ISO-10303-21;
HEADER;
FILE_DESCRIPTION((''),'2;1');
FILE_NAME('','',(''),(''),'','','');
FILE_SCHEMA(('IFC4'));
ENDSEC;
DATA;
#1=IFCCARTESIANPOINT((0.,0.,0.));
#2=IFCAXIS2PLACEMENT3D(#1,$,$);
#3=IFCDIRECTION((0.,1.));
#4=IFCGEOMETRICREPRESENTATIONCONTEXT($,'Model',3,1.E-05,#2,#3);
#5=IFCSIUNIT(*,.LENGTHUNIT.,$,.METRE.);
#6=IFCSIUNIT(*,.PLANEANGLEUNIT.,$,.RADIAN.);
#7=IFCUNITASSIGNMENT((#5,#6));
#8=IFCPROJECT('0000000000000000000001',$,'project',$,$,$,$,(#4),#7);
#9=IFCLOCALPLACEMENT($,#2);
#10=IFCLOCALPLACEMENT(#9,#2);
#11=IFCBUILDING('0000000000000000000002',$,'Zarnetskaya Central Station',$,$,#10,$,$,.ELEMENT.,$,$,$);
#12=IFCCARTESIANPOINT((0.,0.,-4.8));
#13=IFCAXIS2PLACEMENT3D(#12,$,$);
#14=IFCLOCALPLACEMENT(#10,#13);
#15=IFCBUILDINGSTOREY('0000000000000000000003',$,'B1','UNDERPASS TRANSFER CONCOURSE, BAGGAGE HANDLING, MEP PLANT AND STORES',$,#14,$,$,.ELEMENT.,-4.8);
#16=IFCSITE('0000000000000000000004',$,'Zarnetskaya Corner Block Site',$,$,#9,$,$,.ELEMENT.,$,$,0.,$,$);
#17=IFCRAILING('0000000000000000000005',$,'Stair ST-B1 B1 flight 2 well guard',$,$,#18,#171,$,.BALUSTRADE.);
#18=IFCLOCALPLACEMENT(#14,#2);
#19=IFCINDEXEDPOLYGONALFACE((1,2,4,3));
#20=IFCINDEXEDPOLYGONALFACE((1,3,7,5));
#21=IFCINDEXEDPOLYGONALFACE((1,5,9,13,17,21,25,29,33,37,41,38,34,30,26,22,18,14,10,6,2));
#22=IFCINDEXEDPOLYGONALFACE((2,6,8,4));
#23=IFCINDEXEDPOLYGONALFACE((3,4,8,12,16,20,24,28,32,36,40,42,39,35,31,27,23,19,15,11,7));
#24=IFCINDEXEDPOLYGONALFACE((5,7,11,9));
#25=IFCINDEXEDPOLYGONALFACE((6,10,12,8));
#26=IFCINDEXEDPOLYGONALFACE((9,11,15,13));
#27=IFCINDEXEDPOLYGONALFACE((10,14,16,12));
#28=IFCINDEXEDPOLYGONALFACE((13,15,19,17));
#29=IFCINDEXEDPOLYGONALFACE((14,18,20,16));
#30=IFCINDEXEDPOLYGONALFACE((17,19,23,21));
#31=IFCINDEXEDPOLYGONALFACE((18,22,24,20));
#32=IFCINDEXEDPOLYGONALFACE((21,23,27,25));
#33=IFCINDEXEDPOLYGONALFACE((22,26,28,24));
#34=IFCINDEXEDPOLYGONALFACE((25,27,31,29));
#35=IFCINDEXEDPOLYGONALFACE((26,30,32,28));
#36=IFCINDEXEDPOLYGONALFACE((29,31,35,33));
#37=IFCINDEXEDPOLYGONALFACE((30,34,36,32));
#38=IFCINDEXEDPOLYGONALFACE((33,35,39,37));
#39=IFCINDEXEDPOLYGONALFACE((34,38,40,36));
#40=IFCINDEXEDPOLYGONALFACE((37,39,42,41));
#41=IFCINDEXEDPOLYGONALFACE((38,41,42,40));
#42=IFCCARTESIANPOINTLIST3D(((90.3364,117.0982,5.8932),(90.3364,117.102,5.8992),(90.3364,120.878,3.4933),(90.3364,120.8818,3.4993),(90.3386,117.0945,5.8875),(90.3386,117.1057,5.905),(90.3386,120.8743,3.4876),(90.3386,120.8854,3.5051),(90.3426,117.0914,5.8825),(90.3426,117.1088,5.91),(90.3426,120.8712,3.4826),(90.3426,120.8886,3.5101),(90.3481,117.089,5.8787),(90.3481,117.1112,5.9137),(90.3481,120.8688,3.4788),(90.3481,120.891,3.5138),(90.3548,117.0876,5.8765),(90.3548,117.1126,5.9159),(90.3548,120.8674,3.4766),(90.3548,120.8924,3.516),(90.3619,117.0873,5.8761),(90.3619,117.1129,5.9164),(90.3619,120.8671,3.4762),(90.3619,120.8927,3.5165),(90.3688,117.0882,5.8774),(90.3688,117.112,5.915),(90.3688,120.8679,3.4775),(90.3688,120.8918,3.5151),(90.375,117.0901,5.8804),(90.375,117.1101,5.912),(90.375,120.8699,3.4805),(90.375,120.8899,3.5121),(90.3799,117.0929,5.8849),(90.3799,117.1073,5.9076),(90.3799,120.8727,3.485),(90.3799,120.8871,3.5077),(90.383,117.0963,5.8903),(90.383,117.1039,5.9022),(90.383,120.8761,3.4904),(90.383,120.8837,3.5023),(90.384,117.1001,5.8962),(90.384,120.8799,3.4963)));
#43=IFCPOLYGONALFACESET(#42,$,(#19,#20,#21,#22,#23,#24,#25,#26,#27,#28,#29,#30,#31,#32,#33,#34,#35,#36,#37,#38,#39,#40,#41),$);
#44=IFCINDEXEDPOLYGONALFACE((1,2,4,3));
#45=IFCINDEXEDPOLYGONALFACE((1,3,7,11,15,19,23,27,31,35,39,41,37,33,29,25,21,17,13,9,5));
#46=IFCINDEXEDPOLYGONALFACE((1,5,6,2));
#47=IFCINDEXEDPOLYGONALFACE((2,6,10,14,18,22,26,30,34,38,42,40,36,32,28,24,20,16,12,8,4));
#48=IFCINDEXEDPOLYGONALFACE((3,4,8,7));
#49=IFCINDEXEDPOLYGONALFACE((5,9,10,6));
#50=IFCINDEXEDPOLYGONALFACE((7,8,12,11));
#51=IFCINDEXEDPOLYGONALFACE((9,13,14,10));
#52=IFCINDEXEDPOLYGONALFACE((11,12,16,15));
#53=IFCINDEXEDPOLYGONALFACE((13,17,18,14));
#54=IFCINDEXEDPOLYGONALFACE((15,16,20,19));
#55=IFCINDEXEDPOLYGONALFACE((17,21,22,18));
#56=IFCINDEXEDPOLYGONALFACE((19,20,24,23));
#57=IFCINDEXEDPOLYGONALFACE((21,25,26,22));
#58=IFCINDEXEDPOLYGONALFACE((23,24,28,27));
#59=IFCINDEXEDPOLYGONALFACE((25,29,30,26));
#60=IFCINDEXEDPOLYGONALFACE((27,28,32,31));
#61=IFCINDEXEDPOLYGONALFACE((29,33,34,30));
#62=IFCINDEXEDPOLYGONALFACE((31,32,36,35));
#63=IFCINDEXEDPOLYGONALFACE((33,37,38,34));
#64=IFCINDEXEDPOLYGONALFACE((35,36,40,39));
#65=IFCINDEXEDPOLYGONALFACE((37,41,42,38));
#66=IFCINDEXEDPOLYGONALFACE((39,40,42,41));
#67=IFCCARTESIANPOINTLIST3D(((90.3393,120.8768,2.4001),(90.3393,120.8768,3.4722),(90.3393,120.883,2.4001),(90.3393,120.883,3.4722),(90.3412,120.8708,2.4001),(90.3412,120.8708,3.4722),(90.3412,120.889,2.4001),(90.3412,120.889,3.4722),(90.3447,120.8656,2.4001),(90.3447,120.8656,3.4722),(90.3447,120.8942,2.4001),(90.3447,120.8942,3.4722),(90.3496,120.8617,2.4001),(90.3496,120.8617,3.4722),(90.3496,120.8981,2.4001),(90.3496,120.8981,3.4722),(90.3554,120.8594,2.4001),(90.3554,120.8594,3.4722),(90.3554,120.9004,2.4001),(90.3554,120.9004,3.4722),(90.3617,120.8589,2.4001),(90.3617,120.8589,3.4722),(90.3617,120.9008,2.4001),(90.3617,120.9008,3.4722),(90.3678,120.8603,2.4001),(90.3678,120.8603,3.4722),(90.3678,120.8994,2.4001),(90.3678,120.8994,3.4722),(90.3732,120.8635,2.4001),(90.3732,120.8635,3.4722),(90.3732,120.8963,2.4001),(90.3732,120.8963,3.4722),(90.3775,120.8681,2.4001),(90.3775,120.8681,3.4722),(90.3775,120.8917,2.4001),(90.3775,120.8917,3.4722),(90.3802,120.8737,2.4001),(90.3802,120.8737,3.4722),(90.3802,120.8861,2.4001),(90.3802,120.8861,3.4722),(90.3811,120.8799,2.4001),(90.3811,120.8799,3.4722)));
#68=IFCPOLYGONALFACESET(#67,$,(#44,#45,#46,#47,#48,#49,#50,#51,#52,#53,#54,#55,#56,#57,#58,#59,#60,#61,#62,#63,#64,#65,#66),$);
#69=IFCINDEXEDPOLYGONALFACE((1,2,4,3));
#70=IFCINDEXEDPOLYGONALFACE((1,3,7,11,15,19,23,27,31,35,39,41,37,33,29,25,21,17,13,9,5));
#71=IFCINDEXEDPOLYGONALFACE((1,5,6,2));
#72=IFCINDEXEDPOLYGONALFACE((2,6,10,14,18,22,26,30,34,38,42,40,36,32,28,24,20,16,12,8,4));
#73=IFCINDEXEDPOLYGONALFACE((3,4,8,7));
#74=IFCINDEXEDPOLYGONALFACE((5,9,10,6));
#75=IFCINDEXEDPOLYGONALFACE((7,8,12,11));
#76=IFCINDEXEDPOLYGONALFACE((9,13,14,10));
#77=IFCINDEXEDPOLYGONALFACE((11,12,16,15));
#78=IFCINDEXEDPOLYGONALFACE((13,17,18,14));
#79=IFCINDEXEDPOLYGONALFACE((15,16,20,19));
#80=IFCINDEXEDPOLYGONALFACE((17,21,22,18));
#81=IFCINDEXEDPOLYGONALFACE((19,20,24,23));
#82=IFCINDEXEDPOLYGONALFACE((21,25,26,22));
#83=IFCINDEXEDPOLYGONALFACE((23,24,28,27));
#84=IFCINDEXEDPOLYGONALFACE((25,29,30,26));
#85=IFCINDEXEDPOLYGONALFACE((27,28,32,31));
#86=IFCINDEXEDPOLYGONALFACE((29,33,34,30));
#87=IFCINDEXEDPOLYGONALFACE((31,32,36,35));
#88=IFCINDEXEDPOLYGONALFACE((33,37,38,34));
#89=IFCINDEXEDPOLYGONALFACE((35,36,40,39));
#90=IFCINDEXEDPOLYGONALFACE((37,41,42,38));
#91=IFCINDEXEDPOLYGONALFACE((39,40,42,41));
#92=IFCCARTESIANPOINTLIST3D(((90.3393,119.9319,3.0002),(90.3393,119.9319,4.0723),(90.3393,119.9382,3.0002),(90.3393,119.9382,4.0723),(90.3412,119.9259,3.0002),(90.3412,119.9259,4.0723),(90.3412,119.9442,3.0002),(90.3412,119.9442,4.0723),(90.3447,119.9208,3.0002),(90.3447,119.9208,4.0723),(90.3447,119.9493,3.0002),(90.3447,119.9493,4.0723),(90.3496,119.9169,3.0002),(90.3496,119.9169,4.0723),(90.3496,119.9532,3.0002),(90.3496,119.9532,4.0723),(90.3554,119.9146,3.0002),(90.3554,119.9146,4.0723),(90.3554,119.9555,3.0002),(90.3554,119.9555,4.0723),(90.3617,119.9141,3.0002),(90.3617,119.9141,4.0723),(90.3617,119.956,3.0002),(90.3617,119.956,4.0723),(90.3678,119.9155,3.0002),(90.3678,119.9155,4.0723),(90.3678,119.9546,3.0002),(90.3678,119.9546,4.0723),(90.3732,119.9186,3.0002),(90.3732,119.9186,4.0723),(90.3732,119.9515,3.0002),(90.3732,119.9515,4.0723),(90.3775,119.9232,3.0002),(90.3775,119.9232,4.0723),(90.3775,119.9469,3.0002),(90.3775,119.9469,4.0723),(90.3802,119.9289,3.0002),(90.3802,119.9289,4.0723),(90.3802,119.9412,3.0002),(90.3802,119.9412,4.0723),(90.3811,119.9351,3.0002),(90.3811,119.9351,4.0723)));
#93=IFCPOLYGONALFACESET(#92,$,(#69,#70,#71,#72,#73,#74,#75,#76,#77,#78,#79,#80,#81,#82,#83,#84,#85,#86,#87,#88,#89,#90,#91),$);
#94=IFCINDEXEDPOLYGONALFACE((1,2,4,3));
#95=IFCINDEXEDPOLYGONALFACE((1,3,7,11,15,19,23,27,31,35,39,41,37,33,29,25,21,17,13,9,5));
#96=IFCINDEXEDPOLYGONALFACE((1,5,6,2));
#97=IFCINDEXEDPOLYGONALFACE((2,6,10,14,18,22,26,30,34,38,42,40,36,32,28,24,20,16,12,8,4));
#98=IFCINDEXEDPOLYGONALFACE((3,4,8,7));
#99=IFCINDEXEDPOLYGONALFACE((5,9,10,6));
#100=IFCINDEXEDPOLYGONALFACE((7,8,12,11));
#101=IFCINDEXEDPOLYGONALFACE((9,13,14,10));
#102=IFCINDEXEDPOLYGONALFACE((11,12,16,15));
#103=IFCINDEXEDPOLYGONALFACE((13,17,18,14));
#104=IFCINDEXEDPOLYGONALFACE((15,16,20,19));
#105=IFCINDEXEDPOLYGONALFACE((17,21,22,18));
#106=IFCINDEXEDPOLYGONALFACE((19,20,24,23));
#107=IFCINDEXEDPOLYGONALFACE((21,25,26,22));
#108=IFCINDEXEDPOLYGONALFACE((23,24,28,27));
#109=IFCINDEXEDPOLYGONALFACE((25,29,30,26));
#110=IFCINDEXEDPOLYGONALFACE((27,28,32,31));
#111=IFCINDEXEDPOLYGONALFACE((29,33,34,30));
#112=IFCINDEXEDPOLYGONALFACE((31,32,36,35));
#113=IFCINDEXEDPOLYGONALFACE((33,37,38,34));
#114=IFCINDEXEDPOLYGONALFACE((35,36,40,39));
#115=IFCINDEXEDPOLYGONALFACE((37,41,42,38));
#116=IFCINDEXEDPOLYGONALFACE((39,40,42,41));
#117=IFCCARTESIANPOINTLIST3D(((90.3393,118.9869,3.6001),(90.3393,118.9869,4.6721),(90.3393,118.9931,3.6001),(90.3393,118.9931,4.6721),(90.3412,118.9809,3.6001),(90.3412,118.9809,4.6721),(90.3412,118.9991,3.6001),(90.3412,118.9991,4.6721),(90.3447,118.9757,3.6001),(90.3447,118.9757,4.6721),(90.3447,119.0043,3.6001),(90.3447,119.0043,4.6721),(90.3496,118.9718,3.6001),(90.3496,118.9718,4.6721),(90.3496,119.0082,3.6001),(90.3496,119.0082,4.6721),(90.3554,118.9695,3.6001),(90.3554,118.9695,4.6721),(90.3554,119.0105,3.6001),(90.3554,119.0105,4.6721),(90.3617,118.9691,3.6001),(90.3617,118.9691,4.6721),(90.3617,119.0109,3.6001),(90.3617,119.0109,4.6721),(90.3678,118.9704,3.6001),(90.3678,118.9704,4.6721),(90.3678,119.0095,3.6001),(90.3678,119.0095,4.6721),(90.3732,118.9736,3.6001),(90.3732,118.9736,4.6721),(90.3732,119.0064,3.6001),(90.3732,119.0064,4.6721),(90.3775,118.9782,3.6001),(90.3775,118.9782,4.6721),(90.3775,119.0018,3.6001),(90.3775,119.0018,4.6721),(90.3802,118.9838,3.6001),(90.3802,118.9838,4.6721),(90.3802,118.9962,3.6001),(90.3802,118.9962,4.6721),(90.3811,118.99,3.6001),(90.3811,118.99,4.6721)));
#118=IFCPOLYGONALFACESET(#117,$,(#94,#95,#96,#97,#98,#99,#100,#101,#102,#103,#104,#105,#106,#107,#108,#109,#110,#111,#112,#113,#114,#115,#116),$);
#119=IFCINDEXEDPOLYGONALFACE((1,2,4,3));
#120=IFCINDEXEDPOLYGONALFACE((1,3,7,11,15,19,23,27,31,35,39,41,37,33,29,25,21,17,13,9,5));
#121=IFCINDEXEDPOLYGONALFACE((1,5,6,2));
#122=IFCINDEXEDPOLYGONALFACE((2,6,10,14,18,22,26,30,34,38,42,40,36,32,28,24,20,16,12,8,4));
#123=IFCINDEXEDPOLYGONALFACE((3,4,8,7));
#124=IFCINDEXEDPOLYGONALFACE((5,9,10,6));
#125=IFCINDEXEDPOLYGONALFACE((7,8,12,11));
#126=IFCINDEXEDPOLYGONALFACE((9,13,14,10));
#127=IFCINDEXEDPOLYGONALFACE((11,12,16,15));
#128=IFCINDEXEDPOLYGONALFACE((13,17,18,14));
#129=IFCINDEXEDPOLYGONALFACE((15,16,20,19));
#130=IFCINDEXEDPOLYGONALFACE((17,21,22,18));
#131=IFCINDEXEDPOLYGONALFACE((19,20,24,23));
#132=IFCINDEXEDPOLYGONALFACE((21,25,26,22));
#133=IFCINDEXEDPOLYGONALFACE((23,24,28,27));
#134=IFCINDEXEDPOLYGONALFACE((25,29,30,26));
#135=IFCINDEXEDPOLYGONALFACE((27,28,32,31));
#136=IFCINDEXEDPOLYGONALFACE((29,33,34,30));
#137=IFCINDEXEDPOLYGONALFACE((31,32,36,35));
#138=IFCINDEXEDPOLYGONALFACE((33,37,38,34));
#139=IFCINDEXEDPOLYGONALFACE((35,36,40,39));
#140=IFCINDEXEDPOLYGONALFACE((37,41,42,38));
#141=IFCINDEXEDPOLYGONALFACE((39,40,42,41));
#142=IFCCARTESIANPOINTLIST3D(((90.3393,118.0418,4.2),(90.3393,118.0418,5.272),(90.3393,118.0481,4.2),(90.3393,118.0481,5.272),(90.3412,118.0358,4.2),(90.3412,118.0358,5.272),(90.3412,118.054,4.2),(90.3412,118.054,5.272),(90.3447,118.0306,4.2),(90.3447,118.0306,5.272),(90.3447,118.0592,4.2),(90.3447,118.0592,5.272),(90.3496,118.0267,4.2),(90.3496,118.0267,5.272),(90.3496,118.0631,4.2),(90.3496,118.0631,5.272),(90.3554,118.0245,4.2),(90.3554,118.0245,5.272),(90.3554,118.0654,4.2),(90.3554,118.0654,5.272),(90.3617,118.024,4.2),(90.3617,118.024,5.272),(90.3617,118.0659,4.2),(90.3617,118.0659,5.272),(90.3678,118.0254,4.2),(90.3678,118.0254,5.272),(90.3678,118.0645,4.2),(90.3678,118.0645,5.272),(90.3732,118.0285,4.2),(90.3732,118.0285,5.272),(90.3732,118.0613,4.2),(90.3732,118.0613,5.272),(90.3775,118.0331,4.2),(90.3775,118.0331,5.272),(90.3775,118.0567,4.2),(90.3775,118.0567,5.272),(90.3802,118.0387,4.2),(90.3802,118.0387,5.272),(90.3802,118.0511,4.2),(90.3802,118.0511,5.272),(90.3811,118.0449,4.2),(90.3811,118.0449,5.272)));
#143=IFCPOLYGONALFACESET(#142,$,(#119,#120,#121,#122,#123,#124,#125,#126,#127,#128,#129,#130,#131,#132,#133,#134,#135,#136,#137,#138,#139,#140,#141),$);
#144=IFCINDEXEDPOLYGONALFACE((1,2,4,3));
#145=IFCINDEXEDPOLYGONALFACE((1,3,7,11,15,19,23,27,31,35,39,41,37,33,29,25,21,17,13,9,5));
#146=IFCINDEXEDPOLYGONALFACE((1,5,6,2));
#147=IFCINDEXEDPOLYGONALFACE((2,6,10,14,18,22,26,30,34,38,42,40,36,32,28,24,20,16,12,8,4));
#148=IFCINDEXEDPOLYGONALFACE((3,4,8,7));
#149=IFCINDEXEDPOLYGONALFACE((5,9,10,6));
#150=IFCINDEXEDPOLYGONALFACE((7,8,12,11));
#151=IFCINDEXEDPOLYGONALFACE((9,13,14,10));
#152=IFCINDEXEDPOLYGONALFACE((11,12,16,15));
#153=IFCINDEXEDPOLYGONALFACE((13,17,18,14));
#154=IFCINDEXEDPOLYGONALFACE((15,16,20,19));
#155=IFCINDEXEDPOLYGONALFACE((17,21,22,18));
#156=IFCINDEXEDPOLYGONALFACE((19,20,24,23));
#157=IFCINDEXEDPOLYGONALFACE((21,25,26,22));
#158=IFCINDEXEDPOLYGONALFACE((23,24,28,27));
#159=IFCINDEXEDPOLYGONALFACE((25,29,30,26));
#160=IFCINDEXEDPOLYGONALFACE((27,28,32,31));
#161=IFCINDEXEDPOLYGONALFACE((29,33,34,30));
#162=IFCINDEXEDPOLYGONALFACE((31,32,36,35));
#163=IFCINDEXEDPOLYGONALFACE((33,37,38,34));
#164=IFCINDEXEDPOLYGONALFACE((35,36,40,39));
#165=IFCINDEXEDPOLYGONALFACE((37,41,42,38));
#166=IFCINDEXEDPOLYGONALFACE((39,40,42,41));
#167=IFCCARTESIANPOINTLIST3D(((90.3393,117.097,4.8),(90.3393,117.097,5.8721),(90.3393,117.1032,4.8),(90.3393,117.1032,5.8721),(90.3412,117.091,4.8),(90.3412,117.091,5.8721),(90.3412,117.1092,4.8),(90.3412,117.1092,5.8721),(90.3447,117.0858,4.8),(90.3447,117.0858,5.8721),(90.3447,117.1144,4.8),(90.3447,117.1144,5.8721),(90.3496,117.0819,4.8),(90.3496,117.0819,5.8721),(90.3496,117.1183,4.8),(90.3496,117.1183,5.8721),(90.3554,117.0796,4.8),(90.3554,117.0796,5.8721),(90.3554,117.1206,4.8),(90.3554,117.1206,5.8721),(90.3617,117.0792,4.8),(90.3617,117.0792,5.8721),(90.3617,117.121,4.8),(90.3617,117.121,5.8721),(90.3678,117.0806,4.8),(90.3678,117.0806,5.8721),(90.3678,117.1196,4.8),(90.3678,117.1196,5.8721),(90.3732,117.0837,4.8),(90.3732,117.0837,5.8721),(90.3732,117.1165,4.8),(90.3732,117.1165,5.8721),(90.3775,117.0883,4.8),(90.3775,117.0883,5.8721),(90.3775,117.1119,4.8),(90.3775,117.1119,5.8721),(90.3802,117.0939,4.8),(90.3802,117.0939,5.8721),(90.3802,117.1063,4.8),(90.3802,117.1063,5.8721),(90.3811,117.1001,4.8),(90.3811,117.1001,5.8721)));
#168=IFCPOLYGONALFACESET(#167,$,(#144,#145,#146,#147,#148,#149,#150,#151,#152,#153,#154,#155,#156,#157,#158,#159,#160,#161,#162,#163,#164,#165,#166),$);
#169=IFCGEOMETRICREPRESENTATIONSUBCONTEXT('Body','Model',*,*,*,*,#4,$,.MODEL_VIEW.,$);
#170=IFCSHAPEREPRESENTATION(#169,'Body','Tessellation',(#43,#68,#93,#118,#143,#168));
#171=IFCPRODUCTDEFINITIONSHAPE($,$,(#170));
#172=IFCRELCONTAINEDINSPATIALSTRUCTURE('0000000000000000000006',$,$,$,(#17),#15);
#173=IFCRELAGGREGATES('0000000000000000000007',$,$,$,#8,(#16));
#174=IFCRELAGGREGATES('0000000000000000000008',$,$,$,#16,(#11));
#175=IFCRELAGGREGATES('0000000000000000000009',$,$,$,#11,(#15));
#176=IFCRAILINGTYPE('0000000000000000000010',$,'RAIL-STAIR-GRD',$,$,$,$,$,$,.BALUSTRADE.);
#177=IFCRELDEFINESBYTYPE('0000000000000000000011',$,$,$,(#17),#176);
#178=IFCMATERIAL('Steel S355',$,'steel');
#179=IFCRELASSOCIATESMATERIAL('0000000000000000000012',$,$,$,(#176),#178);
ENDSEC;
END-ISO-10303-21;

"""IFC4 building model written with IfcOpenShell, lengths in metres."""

from ifc_helpers import new_model, si_unit, direction, frame, origin, origin_2d, place, context, subcontext, project, spatial, circle, extrude, material, type_object, element, save


model = new_model("IFC4")

# Units and contexts
model_context = context("Model", 3, precision=1e-05, world=origin(), true_north=direction((0.0, 1.0)))
body_context = subcontext(model_context, "Body", "Model", "MODEL_VIEW")
ifc_project = project(units=[si_unit("LENGTHUNIT", "METRE"), si_unit("PLANEANGLEUNIT", "RADIAN")], contexts=[model_context])

# Site, building, storey
site_placement = place(None, origin())
site = spatial("IfcSite", under=ifc_project, at=site_placement, Name="Zarnetskaya Corner Block Site", CompositionType="ELEMENT", RefElevation=0.0)
building_placement = place(site_placement, origin())
building = spatial("IfcBuilding", under=site, at=building_placement, Name="Zarnetskaya Central Station", CompositionType="ELEMENT")
storey_placement = place(building_placement, frame((0.0, 0.0, -4.8)))
storey = spatial("IfcBuildingStorey", under=building, at=storey_placement, Name="B1", Description="UNDERPASS TRANSFER CONCOURSE, BAGGAGE HANDLING, MEP PLANT AND STORES", CompositionType="ELEMENT", Elevation=-4.8)

# Railing
ifc_material_1 = material(Name="Steel S355", Category="steel")
railing_type_1 = type_object("IfcRailingType", Name="RAIL-STAIR-GRD", PredefinedType="BALUSTRADE", material=ifc_material_1)
railing_1_placement = place(storey_placement, frame((90.3601, 120.8799, 2.4001)))
element("IfcRailing", 1, at=railing_1_placement, inside=storey, type_object=railing_type_1, Name="Stair ST-B1 B1 flight 2 well guard", PredefinedType="BALUSTRADE", context=body_context, shape_type="SweptSolid", body=[
    extrude(circle(Radius=0.0239, at=origin_2d()), frame((0.0, 0.0, 1.0962), z_axis=(0.0, -0.844209, 0.536014), x_axis=(1.0, 0.0, 0.0)), (0.0, 0.0, 1.0), 4.4773),
    extrude(circle(Radius=0.021, at=origin_2d()), origin(), (0.0, 0.0, 1.0), 1.072),
    extrude(circle(Radius=0.021, at=origin_2d()), frame((0.0, -0.9448, 0.6001)), (0.0, 0.0, 1.0), 1.072),
    extrude(circle(Radius=0.021, at=origin_2d()), frame((0.0, -1.8899, 1.2)), (0.0, 0.0, 1.0), 1.072),
    extrude(circle(Radius=0.021, at=origin_2d()), frame((0.0, -2.835, 1.7998)), (0.0, 0.0, 1.0), 1.072),
    extrude(circle(Radius=0.021, at=origin_2d()), frame((0.0, -3.7798, 2.3999)), (0.0, 0.0, 1.0), 1.072),
])

save(model, "model.ifc")
